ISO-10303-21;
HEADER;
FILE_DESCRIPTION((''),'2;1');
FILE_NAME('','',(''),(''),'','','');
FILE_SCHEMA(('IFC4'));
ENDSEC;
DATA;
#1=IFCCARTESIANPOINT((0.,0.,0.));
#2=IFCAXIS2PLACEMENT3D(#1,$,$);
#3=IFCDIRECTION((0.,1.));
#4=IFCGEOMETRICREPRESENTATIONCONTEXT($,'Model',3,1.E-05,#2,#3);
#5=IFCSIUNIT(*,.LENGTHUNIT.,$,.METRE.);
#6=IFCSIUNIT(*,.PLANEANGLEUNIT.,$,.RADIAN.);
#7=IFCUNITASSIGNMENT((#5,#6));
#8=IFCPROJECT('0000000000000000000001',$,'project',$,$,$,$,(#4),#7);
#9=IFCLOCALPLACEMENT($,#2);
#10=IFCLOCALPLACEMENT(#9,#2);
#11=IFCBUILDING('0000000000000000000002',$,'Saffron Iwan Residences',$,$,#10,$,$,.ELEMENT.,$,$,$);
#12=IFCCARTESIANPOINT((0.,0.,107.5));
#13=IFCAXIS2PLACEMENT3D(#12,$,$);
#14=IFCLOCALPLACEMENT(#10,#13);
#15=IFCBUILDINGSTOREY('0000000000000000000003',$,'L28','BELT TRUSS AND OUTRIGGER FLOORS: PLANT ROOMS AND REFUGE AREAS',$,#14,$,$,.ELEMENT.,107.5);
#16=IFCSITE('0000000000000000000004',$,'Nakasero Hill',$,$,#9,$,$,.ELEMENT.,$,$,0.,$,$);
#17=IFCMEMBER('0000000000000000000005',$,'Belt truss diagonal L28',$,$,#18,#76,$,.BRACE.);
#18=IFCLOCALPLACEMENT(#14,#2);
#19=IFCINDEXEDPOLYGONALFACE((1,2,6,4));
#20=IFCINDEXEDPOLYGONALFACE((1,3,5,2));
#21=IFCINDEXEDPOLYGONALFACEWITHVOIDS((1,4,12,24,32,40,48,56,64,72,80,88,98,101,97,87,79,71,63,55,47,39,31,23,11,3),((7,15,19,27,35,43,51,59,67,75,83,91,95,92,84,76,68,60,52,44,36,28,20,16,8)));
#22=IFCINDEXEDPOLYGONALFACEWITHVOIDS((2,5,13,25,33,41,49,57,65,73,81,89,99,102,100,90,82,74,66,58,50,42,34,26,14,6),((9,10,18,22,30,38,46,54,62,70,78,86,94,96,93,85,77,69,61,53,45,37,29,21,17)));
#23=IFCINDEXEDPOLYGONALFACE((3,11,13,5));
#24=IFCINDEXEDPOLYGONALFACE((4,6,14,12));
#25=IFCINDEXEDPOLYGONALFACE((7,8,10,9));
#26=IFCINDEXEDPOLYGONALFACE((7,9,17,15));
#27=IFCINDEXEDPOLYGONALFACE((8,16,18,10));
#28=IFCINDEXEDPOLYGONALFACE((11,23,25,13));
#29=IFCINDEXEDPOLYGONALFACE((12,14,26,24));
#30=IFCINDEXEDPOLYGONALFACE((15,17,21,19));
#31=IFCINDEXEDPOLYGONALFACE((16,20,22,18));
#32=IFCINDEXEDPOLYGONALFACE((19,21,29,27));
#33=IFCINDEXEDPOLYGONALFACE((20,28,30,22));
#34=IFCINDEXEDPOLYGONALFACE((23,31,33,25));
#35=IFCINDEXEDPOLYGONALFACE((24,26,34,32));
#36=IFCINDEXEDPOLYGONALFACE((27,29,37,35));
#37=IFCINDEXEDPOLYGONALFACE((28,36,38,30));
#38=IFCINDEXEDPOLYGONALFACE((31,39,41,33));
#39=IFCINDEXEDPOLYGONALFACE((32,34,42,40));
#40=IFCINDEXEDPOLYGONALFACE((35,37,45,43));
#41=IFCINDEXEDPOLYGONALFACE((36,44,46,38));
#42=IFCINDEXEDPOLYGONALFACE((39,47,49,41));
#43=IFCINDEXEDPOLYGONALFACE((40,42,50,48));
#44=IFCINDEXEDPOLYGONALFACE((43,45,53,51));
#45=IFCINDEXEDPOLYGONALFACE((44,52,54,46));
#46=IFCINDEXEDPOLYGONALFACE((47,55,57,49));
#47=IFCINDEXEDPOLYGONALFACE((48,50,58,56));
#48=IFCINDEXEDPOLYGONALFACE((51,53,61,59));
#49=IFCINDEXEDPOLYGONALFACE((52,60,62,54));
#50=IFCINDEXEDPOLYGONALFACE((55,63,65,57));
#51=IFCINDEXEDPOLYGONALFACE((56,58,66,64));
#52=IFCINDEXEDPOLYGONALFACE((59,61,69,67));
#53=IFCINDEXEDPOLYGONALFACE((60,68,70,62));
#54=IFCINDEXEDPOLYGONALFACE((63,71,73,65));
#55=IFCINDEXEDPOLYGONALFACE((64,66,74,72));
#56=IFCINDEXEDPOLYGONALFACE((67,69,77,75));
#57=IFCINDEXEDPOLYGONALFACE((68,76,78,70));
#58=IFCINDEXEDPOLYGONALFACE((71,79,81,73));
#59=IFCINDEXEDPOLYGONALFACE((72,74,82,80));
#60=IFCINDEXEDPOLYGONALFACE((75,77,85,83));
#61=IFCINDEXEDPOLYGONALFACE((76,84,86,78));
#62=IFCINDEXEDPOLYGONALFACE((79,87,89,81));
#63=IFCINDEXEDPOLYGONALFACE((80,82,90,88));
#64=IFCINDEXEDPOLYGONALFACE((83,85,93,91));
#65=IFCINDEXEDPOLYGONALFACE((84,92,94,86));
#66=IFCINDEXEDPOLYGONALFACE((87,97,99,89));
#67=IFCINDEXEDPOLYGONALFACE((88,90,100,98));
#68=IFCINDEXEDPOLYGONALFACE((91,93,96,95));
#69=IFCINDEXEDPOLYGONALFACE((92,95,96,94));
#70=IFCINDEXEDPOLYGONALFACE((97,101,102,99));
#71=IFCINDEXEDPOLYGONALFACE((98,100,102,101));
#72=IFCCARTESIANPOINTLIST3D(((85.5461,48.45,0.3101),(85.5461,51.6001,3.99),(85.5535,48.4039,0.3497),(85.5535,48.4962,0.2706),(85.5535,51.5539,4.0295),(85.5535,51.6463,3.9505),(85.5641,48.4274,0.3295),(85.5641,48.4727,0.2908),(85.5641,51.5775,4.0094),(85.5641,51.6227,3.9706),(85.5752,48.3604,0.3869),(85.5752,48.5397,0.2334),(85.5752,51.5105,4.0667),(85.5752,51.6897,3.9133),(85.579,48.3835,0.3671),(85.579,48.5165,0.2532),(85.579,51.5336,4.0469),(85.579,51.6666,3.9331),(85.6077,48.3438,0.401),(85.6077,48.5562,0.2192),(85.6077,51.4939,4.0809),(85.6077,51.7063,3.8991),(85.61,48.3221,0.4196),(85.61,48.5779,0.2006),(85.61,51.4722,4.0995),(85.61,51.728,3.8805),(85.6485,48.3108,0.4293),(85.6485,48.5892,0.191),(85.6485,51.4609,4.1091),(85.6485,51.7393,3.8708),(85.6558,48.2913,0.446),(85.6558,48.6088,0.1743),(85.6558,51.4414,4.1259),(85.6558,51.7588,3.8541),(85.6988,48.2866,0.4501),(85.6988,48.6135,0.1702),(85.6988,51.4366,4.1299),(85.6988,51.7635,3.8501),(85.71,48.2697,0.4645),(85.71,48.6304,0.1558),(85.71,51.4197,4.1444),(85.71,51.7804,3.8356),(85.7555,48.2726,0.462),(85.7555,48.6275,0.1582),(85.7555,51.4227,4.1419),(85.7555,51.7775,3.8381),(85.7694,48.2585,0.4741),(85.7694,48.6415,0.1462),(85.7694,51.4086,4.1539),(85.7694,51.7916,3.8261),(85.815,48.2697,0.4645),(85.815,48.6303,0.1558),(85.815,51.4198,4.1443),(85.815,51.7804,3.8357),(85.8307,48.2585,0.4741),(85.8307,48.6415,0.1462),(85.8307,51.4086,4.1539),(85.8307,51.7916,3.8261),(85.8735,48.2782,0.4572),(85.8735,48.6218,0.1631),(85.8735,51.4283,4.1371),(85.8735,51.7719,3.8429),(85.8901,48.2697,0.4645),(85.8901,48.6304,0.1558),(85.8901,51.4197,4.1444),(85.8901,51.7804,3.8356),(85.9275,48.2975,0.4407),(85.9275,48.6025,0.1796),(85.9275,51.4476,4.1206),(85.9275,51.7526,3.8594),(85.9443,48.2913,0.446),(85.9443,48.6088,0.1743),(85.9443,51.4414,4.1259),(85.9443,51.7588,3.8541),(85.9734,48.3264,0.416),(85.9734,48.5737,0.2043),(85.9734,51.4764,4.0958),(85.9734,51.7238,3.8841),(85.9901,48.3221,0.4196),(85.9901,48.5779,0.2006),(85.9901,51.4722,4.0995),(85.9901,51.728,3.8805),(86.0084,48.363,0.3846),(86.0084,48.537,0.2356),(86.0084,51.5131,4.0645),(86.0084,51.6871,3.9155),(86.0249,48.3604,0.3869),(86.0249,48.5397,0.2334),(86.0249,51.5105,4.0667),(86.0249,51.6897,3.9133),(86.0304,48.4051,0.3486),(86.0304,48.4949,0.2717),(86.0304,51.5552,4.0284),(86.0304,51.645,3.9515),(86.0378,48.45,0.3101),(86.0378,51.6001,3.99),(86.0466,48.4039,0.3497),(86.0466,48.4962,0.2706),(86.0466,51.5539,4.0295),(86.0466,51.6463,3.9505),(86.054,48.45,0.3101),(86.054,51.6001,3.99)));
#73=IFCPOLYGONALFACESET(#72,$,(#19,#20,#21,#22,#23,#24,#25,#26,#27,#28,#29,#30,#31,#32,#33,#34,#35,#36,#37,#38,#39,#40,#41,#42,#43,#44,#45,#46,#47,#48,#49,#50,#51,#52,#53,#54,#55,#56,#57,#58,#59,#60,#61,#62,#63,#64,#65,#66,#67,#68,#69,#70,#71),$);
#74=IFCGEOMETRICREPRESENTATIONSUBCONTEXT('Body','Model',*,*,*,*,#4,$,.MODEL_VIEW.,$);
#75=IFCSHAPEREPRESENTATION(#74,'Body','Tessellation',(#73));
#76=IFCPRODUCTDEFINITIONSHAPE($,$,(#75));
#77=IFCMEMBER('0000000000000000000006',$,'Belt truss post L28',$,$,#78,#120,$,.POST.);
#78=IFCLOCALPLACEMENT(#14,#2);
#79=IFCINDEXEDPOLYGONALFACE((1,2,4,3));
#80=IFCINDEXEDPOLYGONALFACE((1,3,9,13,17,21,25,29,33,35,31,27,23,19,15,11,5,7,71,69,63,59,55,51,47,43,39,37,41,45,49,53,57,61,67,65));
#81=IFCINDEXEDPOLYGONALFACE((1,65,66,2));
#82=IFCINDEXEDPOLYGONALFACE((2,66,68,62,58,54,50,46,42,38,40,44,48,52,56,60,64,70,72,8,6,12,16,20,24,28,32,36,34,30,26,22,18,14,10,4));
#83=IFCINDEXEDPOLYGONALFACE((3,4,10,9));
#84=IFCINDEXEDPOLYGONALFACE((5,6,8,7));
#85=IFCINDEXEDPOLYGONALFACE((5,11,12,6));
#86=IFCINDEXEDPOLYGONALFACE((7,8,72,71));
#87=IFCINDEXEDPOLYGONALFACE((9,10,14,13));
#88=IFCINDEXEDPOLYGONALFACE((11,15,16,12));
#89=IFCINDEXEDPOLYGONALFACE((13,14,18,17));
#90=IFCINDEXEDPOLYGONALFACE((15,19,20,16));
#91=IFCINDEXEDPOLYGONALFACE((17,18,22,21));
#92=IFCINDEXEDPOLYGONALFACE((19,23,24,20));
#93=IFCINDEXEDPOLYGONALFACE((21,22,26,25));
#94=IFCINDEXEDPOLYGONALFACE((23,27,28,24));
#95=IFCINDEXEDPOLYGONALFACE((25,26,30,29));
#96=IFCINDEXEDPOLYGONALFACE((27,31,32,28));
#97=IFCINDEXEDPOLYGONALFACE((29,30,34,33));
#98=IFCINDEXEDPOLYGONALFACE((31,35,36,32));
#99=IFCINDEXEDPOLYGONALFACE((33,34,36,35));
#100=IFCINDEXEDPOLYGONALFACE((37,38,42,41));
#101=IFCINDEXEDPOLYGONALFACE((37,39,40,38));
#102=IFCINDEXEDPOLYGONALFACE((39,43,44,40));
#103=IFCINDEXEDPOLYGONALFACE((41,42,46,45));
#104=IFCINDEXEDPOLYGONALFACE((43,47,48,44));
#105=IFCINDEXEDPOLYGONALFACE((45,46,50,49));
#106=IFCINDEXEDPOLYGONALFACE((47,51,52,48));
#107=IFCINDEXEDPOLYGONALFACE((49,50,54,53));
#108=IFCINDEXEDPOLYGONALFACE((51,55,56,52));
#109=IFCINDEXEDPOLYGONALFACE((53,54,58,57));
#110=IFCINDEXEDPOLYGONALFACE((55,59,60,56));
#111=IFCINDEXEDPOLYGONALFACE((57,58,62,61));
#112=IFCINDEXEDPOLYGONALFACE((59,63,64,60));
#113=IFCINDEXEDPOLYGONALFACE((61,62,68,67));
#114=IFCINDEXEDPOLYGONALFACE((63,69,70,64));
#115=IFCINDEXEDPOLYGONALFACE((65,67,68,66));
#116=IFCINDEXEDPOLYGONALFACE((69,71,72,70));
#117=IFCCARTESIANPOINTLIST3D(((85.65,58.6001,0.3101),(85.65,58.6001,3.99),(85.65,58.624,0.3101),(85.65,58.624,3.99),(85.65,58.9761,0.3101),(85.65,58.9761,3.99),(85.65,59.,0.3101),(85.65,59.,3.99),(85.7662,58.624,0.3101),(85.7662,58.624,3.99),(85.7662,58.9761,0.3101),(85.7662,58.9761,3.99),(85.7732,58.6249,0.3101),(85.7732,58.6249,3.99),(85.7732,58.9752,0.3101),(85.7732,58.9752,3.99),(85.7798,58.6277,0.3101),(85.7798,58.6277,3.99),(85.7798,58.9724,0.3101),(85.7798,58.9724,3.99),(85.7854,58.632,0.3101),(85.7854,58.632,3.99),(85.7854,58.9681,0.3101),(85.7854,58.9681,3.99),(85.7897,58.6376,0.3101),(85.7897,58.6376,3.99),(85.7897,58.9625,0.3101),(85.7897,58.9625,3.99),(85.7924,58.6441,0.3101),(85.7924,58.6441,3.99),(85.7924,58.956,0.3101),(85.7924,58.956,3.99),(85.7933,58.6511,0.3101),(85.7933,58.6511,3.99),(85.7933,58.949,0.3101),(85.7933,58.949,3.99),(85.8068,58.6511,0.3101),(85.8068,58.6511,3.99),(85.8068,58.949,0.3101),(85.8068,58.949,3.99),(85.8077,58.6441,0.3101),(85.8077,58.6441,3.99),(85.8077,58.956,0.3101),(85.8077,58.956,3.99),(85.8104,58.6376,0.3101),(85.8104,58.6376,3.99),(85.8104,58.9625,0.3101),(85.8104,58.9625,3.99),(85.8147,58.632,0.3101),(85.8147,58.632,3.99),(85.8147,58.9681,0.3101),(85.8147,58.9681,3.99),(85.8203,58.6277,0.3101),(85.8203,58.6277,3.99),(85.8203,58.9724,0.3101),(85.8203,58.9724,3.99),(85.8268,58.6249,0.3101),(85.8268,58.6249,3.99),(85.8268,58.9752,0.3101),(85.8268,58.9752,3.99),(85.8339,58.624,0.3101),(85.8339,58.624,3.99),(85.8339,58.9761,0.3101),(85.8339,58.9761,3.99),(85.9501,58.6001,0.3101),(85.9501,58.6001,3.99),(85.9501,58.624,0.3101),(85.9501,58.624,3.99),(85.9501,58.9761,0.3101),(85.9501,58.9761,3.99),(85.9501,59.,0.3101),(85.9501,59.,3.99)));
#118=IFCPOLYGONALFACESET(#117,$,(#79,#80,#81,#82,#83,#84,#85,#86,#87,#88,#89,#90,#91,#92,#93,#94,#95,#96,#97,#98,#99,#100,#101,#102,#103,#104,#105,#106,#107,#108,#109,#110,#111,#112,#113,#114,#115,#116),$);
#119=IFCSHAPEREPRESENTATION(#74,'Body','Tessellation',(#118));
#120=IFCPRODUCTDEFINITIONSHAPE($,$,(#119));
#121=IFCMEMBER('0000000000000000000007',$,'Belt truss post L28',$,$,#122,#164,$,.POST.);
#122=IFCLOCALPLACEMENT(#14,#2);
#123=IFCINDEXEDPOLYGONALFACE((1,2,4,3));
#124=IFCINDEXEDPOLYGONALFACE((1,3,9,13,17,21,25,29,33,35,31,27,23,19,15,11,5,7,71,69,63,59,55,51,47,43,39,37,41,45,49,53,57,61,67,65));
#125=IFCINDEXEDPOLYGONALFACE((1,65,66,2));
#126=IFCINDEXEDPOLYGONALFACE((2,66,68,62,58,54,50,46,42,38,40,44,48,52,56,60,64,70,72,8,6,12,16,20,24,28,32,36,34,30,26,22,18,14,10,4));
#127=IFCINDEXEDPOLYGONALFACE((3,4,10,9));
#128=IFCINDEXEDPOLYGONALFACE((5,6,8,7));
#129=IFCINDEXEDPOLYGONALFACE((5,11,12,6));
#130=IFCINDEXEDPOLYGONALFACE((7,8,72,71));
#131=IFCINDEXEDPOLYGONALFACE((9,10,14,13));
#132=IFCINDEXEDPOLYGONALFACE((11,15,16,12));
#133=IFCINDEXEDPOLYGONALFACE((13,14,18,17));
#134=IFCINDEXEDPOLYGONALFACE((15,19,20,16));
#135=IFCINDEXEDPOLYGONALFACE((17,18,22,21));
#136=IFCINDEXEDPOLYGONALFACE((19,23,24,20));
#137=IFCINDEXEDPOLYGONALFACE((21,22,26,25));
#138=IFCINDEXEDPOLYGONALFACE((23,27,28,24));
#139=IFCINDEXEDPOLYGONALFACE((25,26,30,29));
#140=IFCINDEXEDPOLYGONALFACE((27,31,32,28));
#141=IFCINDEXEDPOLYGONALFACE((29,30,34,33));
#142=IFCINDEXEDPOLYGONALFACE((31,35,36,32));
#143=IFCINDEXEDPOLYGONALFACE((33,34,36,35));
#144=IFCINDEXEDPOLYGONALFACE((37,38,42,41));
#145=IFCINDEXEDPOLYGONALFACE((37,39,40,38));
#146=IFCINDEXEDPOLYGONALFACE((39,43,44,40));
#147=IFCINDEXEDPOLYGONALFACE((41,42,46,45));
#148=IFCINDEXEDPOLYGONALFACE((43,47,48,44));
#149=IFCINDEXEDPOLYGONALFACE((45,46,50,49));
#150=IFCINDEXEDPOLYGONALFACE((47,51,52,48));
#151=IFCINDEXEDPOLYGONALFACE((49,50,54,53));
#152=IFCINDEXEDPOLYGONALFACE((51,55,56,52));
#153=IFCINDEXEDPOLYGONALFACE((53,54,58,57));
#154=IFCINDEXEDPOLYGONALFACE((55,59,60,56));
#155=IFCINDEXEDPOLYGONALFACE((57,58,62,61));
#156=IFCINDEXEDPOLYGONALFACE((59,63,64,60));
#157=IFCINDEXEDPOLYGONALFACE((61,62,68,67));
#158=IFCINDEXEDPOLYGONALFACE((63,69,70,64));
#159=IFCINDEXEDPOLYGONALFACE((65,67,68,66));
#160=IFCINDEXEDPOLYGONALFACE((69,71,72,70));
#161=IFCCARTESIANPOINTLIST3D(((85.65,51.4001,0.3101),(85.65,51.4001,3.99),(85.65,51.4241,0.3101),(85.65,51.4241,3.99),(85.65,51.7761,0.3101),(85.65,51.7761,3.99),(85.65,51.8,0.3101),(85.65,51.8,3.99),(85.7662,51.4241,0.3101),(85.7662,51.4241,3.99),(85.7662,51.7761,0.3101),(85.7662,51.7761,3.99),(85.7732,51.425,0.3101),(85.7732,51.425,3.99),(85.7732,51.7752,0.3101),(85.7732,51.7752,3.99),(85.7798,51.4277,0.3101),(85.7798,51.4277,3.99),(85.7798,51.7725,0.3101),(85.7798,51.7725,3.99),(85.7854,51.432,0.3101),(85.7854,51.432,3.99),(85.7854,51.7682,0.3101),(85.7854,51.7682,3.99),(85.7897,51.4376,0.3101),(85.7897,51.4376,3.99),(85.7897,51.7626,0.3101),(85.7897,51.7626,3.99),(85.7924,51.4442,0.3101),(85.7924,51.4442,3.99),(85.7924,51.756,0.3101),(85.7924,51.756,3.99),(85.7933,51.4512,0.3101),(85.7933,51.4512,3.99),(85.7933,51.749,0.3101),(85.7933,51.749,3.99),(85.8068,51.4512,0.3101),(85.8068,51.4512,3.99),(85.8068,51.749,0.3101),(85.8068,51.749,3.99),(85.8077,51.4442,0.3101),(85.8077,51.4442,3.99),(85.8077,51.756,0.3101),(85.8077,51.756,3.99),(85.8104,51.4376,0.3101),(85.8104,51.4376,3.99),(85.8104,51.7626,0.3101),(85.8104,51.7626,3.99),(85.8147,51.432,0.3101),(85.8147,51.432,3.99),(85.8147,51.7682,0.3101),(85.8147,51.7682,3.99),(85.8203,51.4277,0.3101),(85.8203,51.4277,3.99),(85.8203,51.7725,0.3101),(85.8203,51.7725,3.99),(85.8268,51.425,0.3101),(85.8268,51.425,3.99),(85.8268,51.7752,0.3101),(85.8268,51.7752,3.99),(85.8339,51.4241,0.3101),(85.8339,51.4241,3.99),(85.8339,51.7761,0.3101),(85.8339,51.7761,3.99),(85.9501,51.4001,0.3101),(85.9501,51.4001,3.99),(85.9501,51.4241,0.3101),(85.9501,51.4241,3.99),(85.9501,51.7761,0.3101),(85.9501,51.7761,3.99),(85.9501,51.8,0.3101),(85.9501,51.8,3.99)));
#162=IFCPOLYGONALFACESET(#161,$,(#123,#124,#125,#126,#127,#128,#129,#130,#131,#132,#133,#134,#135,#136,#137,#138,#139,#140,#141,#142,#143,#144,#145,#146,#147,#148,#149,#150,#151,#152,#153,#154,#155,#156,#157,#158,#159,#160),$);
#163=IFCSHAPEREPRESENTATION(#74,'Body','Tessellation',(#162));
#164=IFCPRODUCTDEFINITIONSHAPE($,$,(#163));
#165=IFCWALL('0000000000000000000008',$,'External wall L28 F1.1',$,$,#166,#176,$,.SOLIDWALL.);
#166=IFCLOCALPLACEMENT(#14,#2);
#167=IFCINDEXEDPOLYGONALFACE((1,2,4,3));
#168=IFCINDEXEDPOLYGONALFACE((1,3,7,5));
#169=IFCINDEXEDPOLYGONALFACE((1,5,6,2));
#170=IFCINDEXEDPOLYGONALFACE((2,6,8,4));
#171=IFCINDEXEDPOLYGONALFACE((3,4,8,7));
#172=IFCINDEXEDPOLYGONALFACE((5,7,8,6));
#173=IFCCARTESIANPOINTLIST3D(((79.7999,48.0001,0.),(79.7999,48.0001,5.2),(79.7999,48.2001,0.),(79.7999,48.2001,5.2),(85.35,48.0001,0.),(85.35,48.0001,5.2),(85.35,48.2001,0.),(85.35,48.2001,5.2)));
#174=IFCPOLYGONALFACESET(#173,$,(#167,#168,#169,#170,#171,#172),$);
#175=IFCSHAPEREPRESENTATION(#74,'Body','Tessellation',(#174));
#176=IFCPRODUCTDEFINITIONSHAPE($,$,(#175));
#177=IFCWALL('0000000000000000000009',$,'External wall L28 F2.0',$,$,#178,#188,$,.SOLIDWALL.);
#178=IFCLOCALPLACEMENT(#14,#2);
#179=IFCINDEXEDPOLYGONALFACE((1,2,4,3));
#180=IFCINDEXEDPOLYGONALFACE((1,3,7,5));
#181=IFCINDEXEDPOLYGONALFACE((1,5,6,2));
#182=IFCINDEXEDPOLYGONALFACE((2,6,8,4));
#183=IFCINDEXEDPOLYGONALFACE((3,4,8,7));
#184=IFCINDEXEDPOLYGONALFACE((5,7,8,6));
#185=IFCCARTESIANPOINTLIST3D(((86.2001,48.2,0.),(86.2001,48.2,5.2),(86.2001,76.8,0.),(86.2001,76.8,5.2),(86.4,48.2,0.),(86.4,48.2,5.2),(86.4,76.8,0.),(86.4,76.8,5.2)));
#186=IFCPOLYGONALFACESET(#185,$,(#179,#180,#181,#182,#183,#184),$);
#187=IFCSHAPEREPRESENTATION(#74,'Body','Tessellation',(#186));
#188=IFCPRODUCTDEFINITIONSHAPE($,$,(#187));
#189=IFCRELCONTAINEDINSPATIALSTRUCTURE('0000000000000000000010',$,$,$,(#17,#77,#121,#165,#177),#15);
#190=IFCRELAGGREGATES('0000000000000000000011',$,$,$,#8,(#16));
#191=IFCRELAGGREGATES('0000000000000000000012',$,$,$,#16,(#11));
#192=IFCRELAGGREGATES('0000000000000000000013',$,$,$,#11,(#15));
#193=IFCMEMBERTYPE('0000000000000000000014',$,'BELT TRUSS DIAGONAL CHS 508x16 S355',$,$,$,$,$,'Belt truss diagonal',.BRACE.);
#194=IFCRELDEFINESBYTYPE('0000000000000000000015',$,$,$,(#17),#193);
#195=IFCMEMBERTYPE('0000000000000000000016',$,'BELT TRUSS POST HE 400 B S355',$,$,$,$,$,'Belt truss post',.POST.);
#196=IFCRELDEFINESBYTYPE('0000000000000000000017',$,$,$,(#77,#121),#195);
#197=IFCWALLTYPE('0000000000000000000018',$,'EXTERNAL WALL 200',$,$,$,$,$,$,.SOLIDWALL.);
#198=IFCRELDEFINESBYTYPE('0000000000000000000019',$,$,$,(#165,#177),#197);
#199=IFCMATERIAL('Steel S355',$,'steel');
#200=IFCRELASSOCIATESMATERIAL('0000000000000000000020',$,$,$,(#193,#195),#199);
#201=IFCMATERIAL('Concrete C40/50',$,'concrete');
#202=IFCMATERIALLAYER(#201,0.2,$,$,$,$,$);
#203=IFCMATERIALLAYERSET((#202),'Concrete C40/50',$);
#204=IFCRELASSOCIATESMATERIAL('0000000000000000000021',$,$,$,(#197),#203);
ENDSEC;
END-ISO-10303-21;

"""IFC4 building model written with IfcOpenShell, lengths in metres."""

from ifc_helpers import new_model, si_unit, direction, frame, frame_2d, origin, origin_2d, place, context, subcontext, project, spatial, rectangle, hollow_circle, i_section, extrude, source, transform, mapped, material, layer, layer_set, material_profile, profile_set, type_object, element, save


model = new_model("IFC4")

# Units and contexts
model_context = context("Model", 3, precision=1e-05, world=origin(), true_north=direction((0.0, 1.0)))
body_context = subcontext(model_context, "Body", "Model", "MODEL_VIEW")
ifc_project = project(units=[si_unit("LENGTHUNIT", "METRE"), si_unit("PLANEANGLEUNIT", "RADIAN")], contexts=[model_context])

# Site, building, storey
site_placement = place(None, origin())
site = spatial("IfcSite", under=ifc_project, at=site_placement, Name="Nakasero Hill", CompositionType="ELEMENT", RefElevation=0.0)
building_placement = place(site_placement, origin())
building = spatial("IfcBuilding", under=site, at=building_placement, Name="Saffron Iwan Residences", CompositionType="ELEMENT")
storey_placement = place(building_placement, frame((0.0, 0.0, 107.5)))
storey = spatial("IfcBuildingStorey", under=building, at=storey_placement, Name="L28", Description="BELT TRUSS AND OUTRIGGER FLOORS: PLANT ROOMS AND REFUGE AREAS", CompositionType="ELEMENT", Elevation=107.5)

# Members
ifc_material_1 = material(Name="Steel S355", Category="steel")
ifc_material_profile_1 = material_profile(ifc_material_1, hollow_circle(Radius=0.2539, WallThickness=0.0161, at=origin_2d()), Name="CHS 508x16")
ifc_profile_set_1 = profile_set([ifc_material_profile_1], Name="Steel S355")
member_type_1 = type_object("IfcMemberType", Name="BELT TRUSS DIAGONAL CHS 508x16 S355", ElementType="Belt truss diagonal", PredefinedType="BRACE", material=ifc_profile_set_1)
shared_shape_1 = source(origin(), body_context, "Body", "SweptSolid", [
    extrude(hollow_circle(Radius=0.2539, WallThickness=0.0161, at=origin_2d()), origin(), (0.0, 0.0, 1.0), 4.844),
])
for number, where, z_axis, x_axis, name in (
    (1, (85.8, 51.6001, 3.99), (0.0, -0.650306, -0.759673), (1.0, 0.0, 0.0), "Belt truss diagonal L28"),
):
    element("IfcMember", number, at=place(storey_placement, frame(where, z_axis=z_axis, x_axis=x_axis)), inside=storey, type_object=member_type_1, Name=name, PredefinedType="BRACE", context=body_context, shape_type="MappedRepresentation", body=[
        mapped(shared_shape_1, transform((0.0, 0.0, 0.0))),
    ])
ifc_material_profile_2 = material_profile(ifc_material_1, i_section(OverallWidth=0.3, OverallDepth=0.3999, WebThickness=0.0134, FlangeThickness=0.0239, FilletRadius=0.0271, at=origin_2d()), Name="HE 400 B")
ifc_profile_set_2 = profile_set([ifc_material_profile_2], Name="Steel S355")
member_type_2 = type_object("IfcMemberType", Name="BELT TRUSS POST HE 400 B S355", ElementType="Belt truss post", PredefinedType="POST", material=ifc_profile_set_2)
shared_shape_2 = source(origin(), body_context, "Body", "SweptSolid", [
    extrude(i_section(OverallWidth=0.3, OverallDepth=0.3999, WebThickness=0.0134, FlangeThickness=0.0239, FilletRadius=0.0271, at=origin_2d()), origin(), (0.0, 0.0, 1.0), 3.6799),
])
for number, where, z_axis, x_axis, name in (
    (2, (85.8, 58.8, 0.3101), (0.0, 0.0, 1.0), (1.0, 0.0, 0.0), "Belt truss post L28"),
    (3, (85.8, 51.6001, 0.3101), (0.0, 0.0, 1.0), (1.0, 0.0, 0.0), "Belt truss post L28"),
):
    element("IfcMember", number, at=place(storey_placement, frame(where, z_axis=z_axis, x_axis=x_axis)), inside=storey, type_object=member_type_2, Name=name, PredefinedType="POST", context=body_context, shape_type="MappedRepresentation", body=[
        mapped(shared_shape_2, transform((0.0, 0.0, 0.0))),
    ])

# Walls
ifc_material_2 = material(Name="Concrete C40/50", Category="concrete")
ifc_layer_1 = layer(ifc_material_2, 0.2)
ifc_layer_set_1 = layer_set([ifc_layer_1], Name="Concrete C40/50")
wall_type_1 = type_object("IfcWallType", Name="EXTERNAL WALL 200", PredefinedType="SOLIDWALL", material=ifc_layer_set_1)
wall_1_placement = place(storey_placement, frame((79.8, 48.1001, 0.0), z_axis=(0.0, 0.0, 1.0), x_axis=(1.0, 0.0, 0.0)))
element("IfcWall", 4, at=wall_1_placement, inside=storey, type_object=wall_type_1, Name="External wall L28 F1.1", PredefinedType="SOLIDWALL", context=body_context, shape_type="SweptSolid", body=[
    extrude(rectangle(XDim=5.55, YDim=0.2, at=frame_2d((2.7749, 0.0))), origin(), (0.0, 0.0, 1.0), 5.2),
])
wall_2_placement = place(storey_placement, frame((86.3, 48.2, 0.0), z_axis=(0.0, 0.0, 1.0), x_axis=(0.0, 1.0, 0.0)))
element("IfcWall", 5, at=wall_2_placement, inside=storey, type_object=wall_type_1, Name="External wall L28 F2.0", PredefinedType="SOLIDWALL", context=body_context, shape_type="SweptSolid", body=[
    extrude(rectangle(XDim=28.6001, YDim=0.2, at=frame_2d((14.3, 0.0))), origin(), (0.0, 0.0, 1.0), 5.2),
])

save(model, "model.ifc")
